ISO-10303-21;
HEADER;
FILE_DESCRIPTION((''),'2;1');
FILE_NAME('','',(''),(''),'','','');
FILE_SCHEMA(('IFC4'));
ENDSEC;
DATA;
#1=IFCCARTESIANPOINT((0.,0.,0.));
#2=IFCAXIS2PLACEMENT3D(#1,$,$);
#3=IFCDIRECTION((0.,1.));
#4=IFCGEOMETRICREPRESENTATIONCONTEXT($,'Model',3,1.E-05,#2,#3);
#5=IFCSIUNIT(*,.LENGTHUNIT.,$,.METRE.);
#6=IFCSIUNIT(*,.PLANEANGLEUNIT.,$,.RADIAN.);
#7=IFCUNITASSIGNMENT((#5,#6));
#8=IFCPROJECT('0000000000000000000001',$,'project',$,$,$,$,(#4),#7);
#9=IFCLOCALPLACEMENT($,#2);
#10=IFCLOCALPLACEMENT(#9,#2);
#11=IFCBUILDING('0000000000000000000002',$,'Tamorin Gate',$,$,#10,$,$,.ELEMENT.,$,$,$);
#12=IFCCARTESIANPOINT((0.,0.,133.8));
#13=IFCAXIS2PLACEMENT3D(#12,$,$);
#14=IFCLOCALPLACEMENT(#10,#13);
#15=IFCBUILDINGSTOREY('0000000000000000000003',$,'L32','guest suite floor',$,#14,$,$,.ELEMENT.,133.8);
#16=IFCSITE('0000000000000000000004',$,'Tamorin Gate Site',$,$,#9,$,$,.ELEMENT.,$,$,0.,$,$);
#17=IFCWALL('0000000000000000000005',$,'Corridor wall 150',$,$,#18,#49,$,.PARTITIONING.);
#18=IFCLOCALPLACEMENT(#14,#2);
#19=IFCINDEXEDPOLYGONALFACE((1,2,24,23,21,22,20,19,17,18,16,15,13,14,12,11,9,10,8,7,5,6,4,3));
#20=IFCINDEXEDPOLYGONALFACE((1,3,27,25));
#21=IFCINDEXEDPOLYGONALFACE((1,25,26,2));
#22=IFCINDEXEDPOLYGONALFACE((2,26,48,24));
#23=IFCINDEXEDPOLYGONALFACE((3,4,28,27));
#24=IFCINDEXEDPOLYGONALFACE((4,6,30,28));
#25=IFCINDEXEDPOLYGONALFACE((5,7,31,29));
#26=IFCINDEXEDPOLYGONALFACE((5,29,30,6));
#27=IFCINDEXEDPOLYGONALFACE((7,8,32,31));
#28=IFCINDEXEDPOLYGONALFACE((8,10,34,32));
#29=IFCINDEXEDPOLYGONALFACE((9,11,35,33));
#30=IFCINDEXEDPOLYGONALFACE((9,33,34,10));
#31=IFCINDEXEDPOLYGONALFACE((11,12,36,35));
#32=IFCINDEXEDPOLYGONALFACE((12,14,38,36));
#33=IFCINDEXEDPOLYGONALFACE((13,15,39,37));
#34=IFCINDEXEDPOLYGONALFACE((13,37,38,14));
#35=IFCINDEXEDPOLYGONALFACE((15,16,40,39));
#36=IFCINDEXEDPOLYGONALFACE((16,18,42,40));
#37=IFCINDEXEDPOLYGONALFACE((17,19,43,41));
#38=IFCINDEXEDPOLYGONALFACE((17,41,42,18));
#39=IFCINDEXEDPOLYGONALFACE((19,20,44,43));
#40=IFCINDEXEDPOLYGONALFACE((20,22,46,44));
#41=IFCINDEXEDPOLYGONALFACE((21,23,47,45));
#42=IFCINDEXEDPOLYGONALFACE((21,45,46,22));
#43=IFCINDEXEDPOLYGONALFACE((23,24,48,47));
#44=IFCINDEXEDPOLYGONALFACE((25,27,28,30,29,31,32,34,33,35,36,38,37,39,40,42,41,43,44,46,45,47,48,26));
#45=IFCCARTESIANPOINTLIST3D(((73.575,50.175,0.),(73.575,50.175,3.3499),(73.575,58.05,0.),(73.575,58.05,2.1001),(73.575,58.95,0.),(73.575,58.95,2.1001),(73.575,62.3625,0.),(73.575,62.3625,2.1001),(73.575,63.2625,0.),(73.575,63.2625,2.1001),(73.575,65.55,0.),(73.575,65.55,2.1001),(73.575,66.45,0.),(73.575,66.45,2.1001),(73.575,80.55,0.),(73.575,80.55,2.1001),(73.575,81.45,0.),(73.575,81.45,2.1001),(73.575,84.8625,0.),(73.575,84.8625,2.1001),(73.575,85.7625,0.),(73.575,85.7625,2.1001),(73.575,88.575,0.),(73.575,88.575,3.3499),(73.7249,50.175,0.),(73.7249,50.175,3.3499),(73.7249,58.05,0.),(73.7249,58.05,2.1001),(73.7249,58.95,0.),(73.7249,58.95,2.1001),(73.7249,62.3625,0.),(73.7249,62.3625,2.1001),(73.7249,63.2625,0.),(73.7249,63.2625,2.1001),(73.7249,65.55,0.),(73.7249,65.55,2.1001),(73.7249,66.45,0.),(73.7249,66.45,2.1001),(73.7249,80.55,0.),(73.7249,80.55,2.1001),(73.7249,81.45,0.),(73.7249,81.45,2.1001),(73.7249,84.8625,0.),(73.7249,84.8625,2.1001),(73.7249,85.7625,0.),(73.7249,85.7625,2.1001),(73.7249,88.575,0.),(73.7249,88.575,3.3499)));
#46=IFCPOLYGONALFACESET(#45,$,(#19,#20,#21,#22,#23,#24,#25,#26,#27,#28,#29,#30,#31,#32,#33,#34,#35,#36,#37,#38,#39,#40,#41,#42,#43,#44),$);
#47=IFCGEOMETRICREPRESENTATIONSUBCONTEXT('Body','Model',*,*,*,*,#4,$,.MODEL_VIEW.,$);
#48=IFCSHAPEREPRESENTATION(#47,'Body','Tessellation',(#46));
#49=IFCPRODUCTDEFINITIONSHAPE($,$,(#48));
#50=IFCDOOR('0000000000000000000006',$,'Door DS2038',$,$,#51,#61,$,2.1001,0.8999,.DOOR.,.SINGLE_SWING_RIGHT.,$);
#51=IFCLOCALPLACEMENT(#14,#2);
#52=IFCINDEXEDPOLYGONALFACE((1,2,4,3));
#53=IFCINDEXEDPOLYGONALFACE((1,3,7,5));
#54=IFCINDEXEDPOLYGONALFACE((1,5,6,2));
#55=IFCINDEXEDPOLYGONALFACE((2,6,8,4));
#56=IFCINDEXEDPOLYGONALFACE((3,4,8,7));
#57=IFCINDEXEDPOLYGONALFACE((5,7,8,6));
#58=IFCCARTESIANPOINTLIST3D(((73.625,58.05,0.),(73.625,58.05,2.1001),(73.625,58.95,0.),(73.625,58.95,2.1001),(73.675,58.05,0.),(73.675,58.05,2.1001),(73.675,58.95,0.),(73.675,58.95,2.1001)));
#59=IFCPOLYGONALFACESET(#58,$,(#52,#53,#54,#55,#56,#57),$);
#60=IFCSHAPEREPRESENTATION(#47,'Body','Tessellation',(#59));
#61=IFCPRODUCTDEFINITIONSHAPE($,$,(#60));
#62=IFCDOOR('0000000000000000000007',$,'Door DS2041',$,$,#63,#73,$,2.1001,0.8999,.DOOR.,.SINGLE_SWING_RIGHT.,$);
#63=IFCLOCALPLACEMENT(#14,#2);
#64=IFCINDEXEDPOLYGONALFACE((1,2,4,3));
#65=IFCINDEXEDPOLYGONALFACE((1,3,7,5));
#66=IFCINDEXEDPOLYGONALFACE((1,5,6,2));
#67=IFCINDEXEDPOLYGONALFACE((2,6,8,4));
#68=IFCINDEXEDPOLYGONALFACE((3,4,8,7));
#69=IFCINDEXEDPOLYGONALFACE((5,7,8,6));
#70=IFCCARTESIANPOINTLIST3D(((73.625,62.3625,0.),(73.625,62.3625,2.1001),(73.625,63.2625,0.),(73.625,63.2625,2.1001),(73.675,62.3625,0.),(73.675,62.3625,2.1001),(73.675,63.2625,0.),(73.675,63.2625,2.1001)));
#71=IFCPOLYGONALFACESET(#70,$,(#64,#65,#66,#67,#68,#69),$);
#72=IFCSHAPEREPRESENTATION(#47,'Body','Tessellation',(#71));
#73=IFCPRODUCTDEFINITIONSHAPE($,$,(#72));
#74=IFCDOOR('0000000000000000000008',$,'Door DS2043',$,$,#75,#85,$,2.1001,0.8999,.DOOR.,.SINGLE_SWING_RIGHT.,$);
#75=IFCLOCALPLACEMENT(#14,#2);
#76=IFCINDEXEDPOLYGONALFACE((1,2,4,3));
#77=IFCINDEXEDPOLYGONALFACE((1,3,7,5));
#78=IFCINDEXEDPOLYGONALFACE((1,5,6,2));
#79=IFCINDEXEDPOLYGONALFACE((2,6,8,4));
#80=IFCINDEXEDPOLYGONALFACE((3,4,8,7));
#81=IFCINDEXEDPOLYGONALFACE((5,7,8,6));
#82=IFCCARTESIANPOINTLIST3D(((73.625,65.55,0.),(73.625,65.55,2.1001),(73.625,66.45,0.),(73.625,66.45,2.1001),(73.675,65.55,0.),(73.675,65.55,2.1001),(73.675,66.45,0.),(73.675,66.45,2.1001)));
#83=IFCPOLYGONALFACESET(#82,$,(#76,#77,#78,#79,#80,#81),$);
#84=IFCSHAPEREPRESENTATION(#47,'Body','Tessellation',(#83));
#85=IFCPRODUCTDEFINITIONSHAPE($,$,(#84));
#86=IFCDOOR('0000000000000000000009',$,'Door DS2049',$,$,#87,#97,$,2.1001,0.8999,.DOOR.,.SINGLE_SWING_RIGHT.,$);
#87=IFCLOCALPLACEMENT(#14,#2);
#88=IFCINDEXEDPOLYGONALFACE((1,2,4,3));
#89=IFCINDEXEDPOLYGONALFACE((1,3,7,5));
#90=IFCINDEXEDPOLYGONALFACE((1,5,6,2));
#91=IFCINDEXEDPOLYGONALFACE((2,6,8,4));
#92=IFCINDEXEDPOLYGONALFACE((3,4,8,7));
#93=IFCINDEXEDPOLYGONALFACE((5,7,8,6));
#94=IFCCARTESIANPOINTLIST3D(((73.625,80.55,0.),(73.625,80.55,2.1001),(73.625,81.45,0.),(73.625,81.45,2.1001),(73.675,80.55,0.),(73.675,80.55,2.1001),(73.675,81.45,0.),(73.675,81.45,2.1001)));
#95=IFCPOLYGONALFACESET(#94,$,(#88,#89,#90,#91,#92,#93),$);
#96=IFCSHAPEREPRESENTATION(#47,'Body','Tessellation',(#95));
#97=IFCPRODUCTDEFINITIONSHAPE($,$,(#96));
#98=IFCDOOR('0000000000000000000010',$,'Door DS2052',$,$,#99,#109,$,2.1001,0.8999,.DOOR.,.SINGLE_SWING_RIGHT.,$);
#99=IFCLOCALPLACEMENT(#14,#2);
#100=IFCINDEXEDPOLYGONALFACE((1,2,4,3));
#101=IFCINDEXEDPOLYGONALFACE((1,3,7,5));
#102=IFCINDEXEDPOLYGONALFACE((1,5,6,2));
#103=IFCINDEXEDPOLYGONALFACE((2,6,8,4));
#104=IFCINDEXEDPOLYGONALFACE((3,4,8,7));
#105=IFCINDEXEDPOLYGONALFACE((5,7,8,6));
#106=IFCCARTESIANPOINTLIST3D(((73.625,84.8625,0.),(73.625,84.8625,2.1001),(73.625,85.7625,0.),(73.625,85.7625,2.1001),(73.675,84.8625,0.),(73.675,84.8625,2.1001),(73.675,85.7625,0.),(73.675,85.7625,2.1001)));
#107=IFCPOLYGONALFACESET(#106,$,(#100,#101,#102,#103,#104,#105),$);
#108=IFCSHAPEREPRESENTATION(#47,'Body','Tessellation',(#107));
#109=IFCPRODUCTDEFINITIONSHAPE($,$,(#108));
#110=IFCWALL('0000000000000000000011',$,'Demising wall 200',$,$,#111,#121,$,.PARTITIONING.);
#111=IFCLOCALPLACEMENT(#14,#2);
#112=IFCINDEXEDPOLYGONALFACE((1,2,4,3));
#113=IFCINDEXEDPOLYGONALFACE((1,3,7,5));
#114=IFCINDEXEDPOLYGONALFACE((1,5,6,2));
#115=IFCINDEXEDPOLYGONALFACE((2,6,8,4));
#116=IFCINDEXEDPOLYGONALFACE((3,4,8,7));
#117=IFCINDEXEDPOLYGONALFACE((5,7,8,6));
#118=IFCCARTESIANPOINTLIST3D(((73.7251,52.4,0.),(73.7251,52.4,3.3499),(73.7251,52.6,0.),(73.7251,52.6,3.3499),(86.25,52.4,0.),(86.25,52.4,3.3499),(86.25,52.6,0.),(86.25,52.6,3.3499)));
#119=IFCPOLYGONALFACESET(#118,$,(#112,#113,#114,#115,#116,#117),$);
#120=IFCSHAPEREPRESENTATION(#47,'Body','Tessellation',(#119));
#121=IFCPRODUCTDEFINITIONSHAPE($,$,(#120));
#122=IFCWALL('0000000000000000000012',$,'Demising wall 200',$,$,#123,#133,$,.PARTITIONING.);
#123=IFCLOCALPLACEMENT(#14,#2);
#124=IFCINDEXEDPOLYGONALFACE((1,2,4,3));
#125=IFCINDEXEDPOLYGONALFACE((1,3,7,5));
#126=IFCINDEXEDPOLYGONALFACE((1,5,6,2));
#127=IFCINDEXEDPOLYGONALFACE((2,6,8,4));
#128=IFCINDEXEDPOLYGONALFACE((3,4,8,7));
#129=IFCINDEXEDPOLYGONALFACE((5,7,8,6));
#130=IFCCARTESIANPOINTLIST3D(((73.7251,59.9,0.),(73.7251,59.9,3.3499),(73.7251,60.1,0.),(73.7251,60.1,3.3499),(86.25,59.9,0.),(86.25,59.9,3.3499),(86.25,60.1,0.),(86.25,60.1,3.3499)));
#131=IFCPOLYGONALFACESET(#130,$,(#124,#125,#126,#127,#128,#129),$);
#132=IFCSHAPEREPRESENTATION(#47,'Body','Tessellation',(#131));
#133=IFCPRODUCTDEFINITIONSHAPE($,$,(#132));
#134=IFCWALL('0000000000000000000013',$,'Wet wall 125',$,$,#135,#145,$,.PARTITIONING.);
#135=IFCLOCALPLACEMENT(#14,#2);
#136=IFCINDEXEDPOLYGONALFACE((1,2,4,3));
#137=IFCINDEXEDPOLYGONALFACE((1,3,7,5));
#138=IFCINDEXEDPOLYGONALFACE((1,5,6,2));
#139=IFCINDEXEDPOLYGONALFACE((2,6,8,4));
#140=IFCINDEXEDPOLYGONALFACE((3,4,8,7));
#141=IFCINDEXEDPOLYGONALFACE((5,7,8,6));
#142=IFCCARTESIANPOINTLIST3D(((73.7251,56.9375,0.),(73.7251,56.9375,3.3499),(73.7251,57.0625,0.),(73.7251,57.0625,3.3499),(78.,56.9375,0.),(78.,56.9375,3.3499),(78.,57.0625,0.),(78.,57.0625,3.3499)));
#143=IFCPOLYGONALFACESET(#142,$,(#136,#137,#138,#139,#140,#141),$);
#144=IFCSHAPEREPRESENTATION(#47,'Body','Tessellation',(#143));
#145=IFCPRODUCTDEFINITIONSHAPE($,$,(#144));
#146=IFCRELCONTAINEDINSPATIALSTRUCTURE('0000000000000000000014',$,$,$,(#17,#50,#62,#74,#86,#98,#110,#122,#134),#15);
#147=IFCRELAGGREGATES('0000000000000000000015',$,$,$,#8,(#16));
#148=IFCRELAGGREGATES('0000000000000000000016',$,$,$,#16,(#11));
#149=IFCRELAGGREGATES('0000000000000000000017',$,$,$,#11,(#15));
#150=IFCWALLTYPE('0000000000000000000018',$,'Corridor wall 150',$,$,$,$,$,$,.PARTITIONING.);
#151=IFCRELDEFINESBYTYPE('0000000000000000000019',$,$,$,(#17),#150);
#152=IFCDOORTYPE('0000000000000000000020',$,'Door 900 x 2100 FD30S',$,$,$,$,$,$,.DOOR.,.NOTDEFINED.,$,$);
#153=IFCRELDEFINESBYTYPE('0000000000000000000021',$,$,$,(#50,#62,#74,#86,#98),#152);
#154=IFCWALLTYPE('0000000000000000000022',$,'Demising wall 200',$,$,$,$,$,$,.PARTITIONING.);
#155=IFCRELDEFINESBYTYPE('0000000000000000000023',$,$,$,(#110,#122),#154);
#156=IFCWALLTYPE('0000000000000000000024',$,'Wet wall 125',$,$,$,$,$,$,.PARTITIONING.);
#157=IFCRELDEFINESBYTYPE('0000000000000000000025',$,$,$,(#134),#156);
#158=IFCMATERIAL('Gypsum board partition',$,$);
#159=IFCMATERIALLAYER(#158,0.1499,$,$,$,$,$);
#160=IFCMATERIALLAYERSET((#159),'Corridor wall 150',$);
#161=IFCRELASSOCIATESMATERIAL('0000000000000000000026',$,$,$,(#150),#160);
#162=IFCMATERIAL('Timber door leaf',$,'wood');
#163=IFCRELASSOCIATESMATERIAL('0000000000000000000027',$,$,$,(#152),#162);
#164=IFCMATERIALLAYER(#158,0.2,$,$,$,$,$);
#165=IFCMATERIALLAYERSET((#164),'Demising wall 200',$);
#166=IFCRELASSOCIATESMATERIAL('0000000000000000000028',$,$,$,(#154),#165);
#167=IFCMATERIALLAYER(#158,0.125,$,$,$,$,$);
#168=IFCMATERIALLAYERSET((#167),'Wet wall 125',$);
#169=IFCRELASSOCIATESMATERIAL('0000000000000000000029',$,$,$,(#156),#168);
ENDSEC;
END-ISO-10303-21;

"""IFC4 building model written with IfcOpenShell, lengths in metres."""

from ifc_helpers import new_model, si_unit, direction, frame, frame_2d, origin, place, context, subcontext, project, spatial, rectangle, extrude, material, layer, layer_set, type_object, element, fill, save


model = new_model("IFC4")

# Units and contexts
model_context = context("Model", 3, precision=1e-05, world=origin(), true_north=direction((0.0, 1.0)))
body_context = subcontext(model_context, "Body", "Model", "MODEL_VIEW")
ifc_project = project(units=[si_unit("LENGTHUNIT", "METRE"), si_unit("PLANEANGLEUNIT", "RADIAN")], contexts=[model_context])

# Site, building, storey
site_placement = place(None, origin())
site = spatial("IfcSite", under=ifc_project, at=site_placement, Name="Tamorin Gate Site", CompositionType="ELEMENT", RefElevation=0.0)
building_placement = place(site_placement, origin())
building = spatial("IfcBuilding", under=site, at=building_placement, Name="Tamorin Gate", CompositionType="ELEMENT")
storey_placement = place(building_placement, frame((0.0, 0.0, 133.8)))
storey = spatial("IfcBuildingStorey", under=building, at=storey_placement, Name="L32", Description="guest suite floor", CompositionType="ELEMENT", Elevation=133.8)

# Shared definitions
ifc_material_1 = material(Name="Gypsum board partition")
ifc_layer_1 = layer(ifc_material_1, 0.1499)
ifc_layer_set_1 = layer_set([ifc_layer_1], Name="Corridor wall 150")
wall_type_1 = type_object("IfcWallType", Name="Corridor wall 150", PredefinedType="PARTITIONING", material=ifc_layer_set_1)
ifc_material_2 = material(Name="Timber door leaf", Category="wood")
door_type_1 = type_object("IfcDoorType", Name="Door 900 x 2100 FD30S", OperationType="NOTDEFINED", PredefinedType="DOOR", material=ifc_material_2)

# Wall, openings, doors
wall_1_placement = place(storey_placement, frame((73.6499, 50.175, 0.0), z_axis=(0.0, 0.0, 1.0), x_axis=(0.0, 1.0, 0.0)))
wall_1 = element("IfcWall", 1, at=wall_1_placement, inside=storey, type_object=wall_type_1, Name="Corridor wall 150", PredefinedType="PARTITIONING", context=body_context, shape_type="SweptSolid", body=[
    extrude(rectangle(XDim=38.3999, YDim=0.1499, at=frame_2d((19.2, 0.0))), origin(), (0.0, 0.0, 1.0), 3.3499),
])
opening_1_placement = place(wall_1_placement, frame((7.875, 0.0, 0.0)))
opening_1 = element("IfcOpeningElement", 2, at=opening_1_placement, cuts=wall_1, PredefinedType="OPENING", context=body_context, shape_type="SweptSolid", body=[
    extrude(rectangle(XDim=0.8999, YDim=2.1001, at=frame_2d((0.45, 1.05))), frame((0.0, 0.085, 0.0), z_axis=(0.0, -1.0, 0.0), x_axis=(1.0, 0.0, 0.0)), (0.0, 0.0, 1.0), 0.1699),
])
opening_2_placement = place(wall_1_placement, frame((12.1875, 0.0, 0.0)))
opening_2 = element("IfcOpeningElement", 3, at=opening_2_placement, cuts=wall_1, PredefinedType="OPENING", context=body_context, shape_type="SweptSolid", body=[
    extrude(rectangle(XDim=0.8999, YDim=2.1001, at=frame_2d((0.45, 1.05))), frame((0.0, 0.085, 0.0), z_axis=(0.0, -1.0, 0.0), x_axis=(1.0, 0.0, 0.0)), (0.0, 0.0, 1.0), 0.1699),
])
opening_3_placement = place(wall_1_placement, frame((15.375, 0.0, 0.0)))
opening_3 = element("IfcOpeningElement", 4, at=opening_3_placement, cuts=wall_1, PredefinedType="OPENING", context=body_context, shape_type="SweptSolid", body=[
    extrude(rectangle(XDim=0.8999, YDim=2.1001, at=frame_2d((0.45, 1.05))), frame((0.0, 0.085, 0.0), z_axis=(0.0, -1.0, 0.0), x_axis=(1.0, 0.0, 0.0)), (0.0, 0.0, 1.0), 0.1699),
])
opening_4_placement = place(wall_1_placement, frame((30.375, 0.0, 0.0)))
opening_4 = element("IfcOpeningElement", 5, at=opening_4_placement, cuts=wall_1, PredefinedType="OPENING", context=body_context, shape_type="SweptSolid", body=[
    extrude(rectangle(XDim=0.8999, YDim=2.1001, at=frame_2d((0.45, 1.05))), frame((0.0, 0.085, 0.0), z_axis=(0.0, -1.0, 0.0), x_axis=(1.0, 0.0, 0.0)), (0.0, 0.0, 1.0), 0.1699),
])
opening_5_placement = place(wall_1_placement, frame((34.6875, 0.0, 0.0)))
opening_5 = element("IfcOpeningElement", 6, at=opening_5_placement, cuts=wall_1, PredefinedType="OPENING", context=body_context, shape_type="SweptSolid", body=[
    extrude(rectangle(XDim=0.8999, YDim=2.1001, at=frame_2d((0.45, 1.05))), frame((0.0, 0.085, 0.0), z_axis=(0.0, -1.0, 0.0), x_axis=(1.0, 0.0, 0.0)), (0.0, 0.0, 1.0), 0.1699),
])
door_1_placement = place(opening_1_placement, origin())
door_1 = element("IfcDoor", 7, at=door_1_placement, inside=storey, type_object=door_type_1, Name="Door DS2038", OperationType="SINGLE_SWING_RIGHT", OverallHeight=2.1001, OverallWidth=0.8999, PredefinedType="DOOR", context=body_context, shape_type="SweptSolid", body=[
    extrude(rectangle(XDim=0.8999, YDim=2.1001, at=frame_2d((0.45, 1.05))), frame((0.0, 0.0249, 0.0), z_axis=(0.0, -1.0, 0.0), x_axis=(1.0, 0.0, 0.0)), (0.0, 0.0, 1.0), 0.05),
])
fill(opening_1, door_1)
door_2_placement = place(opening_2_placement, origin())
door_2 = element("IfcDoor", 8, at=door_2_placement, inside=storey, type_object=door_type_1, Name="Door DS2041", OperationType="SINGLE_SWING_RIGHT", OverallHeight=2.1001, OverallWidth=0.8999, PredefinedType="DOOR", context=body_context, shape_type="SweptSolid", body=[
    extrude(rectangle(XDim=0.8999, YDim=2.1001, at=frame_2d((0.45, 1.05))), frame((0.0, 0.0249, 0.0), z_axis=(0.0, -1.0, 0.0), x_axis=(1.0, 0.0, 0.0)), (0.0, 0.0, 1.0), 0.05),
])
fill(opening_2, door_2)
door_3_placement = place(opening_3_placement, origin())
door_3 = element("IfcDoor", 9, at=door_3_placement, inside=storey, type_object=door_type_1, Name="Door DS2043", OperationType="SINGLE_SWING_RIGHT", OverallHeight=2.1001, OverallWidth=0.8999, PredefinedType="DOOR", context=body_context, shape_type="SweptSolid", body=[
    extrude(rectangle(XDim=0.8999, YDim=2.1001, at=frame_2d((0.45, 1.05))), frame((0.0, 0.0249, 0.0), z_axis=(0.0, -1.0, 0.0), x_axis=(1.0, 0.0, 0.0)), (0.0, 0.0, 1.0), 0.05),
])
fill(opening_3, door_3)
door_4_placement = place(opening_4_placement, origin())
door_4 = element("IfcDoor", 10, at=door_4_placement, inside=storey, type_object=door_type_1, Name="Door DS2049", OperationType="SINGLE_SWING_RIGHT", OverallHeight=2.1001, OverallWidth=0.8999, PredefinedType="DOOR", context=body_context, shape_type="SweptSolid", body=[
    extrude(rectangle(XDim=0.8999, YDim=2.1001, at=frame_2d((0.45, 1.05))), frame((0.0, 0.0249, 0.0), z_axis=(0.0, -1.0, 0.0), x_axis=(1.0, 0.0, 0.0)), (0.0, 0.0, 1.0), 0.05),
])
fill(opening_4, door_4)
door_5_placement = place(opening_5_placement, origin())
door_5 = element("IfcDoor", 11, at=door_5_placement, inside=storey, type_object=door_type_1, Name="Door DS2052", OperationType="SINGLE_SWING_RIGHT", OverallHeight=2.1001, OverallWidth=0.8999, PredefinedType="DOOR", context=body_context, shape_type="SweptSolid", body=[
    extrude(rectangle(XDim=0.8999, YDim=2.1001, at=frame_2d((0.45, 1.05))), frame((0.0, 0.0249, 0.0), z_axis=(0.0, -1.0, 0.0), x_axis=(1.0, 0.0, 0.0)), (0.0, 0.0, 1.0), 0.05),
])
fill(opening_5, door_5)

# Walls
ifc_layer_2 = layer(ifc_material_1, 0.2)
ifc_layer_set_2 = layer_set([ifc_layer_2], Name="Demising wall 200")
wall_type_2 = type_object("IfcWallType", Name="Demising wall 200", PredefinedType="PARTITIONING", material=ifc_layer_set_2)
for number, where, z_axis, x_axis, name in (
    (12, (73.7251, 52.5, 0.0), (0.0, 0.0, 1.0), (1.0, 0.0, 0.0), "Demising wall 200"),
    (13, (73.7251, 60.0, 0.0), (0.0, 0.0, 1.0), (1.0, 0.0, 0.0), "Demising wall 200"),
):
    element("IfcWall", number, at=place(storey_placement, frame(where, z_axis=z_axis, x_axis=x_axis)), inside=storey, type_object=wall_type_2, Name=name, PredefinedType="PARTITIONING", context=body_context, shape_type="SweptSolid", body=[
        extrude(rectangle(XDim=12.5249, YDim=0.2, at=frame_2d((6.2625, 0.0))), origin(), (0.0, 0.0, 1.0), 3.3499),
    ])
ifc_layer_3 = layer(ifc_material_1, 0.125)
ifc_layer_set_3 = layer_set([ifc_layer_3], Name="Wet wall 125")
wall_type_3 = type_object("IfcWallType", Name="Wet wall 125", PredefinedType="PARTITIONING", material=ifc_layer_set_3)
wall_2_placement = place(storey_placement, frame((73.7251, 57.0, 0.0), z_axis=(0.0, 0.0, 1.0), x_axis=(1.0, 0.0, 0.0)))
element("IfcWall", 14, at=wall_2_placement, inside=storey, type_object=wall_type_3, Name="Wet wall 125", PredefinedType="PARTITIONING", context=body_context, shape_type="SweptSolid", body=[
    extrude(rectangle(XDim=4.2749, YDim=0.125, at=frame_2d((2.1375, 0.0))), origin(), (0.0, 0.0, 1.0), 3.3499),
])

save(model, "model.ifc")
